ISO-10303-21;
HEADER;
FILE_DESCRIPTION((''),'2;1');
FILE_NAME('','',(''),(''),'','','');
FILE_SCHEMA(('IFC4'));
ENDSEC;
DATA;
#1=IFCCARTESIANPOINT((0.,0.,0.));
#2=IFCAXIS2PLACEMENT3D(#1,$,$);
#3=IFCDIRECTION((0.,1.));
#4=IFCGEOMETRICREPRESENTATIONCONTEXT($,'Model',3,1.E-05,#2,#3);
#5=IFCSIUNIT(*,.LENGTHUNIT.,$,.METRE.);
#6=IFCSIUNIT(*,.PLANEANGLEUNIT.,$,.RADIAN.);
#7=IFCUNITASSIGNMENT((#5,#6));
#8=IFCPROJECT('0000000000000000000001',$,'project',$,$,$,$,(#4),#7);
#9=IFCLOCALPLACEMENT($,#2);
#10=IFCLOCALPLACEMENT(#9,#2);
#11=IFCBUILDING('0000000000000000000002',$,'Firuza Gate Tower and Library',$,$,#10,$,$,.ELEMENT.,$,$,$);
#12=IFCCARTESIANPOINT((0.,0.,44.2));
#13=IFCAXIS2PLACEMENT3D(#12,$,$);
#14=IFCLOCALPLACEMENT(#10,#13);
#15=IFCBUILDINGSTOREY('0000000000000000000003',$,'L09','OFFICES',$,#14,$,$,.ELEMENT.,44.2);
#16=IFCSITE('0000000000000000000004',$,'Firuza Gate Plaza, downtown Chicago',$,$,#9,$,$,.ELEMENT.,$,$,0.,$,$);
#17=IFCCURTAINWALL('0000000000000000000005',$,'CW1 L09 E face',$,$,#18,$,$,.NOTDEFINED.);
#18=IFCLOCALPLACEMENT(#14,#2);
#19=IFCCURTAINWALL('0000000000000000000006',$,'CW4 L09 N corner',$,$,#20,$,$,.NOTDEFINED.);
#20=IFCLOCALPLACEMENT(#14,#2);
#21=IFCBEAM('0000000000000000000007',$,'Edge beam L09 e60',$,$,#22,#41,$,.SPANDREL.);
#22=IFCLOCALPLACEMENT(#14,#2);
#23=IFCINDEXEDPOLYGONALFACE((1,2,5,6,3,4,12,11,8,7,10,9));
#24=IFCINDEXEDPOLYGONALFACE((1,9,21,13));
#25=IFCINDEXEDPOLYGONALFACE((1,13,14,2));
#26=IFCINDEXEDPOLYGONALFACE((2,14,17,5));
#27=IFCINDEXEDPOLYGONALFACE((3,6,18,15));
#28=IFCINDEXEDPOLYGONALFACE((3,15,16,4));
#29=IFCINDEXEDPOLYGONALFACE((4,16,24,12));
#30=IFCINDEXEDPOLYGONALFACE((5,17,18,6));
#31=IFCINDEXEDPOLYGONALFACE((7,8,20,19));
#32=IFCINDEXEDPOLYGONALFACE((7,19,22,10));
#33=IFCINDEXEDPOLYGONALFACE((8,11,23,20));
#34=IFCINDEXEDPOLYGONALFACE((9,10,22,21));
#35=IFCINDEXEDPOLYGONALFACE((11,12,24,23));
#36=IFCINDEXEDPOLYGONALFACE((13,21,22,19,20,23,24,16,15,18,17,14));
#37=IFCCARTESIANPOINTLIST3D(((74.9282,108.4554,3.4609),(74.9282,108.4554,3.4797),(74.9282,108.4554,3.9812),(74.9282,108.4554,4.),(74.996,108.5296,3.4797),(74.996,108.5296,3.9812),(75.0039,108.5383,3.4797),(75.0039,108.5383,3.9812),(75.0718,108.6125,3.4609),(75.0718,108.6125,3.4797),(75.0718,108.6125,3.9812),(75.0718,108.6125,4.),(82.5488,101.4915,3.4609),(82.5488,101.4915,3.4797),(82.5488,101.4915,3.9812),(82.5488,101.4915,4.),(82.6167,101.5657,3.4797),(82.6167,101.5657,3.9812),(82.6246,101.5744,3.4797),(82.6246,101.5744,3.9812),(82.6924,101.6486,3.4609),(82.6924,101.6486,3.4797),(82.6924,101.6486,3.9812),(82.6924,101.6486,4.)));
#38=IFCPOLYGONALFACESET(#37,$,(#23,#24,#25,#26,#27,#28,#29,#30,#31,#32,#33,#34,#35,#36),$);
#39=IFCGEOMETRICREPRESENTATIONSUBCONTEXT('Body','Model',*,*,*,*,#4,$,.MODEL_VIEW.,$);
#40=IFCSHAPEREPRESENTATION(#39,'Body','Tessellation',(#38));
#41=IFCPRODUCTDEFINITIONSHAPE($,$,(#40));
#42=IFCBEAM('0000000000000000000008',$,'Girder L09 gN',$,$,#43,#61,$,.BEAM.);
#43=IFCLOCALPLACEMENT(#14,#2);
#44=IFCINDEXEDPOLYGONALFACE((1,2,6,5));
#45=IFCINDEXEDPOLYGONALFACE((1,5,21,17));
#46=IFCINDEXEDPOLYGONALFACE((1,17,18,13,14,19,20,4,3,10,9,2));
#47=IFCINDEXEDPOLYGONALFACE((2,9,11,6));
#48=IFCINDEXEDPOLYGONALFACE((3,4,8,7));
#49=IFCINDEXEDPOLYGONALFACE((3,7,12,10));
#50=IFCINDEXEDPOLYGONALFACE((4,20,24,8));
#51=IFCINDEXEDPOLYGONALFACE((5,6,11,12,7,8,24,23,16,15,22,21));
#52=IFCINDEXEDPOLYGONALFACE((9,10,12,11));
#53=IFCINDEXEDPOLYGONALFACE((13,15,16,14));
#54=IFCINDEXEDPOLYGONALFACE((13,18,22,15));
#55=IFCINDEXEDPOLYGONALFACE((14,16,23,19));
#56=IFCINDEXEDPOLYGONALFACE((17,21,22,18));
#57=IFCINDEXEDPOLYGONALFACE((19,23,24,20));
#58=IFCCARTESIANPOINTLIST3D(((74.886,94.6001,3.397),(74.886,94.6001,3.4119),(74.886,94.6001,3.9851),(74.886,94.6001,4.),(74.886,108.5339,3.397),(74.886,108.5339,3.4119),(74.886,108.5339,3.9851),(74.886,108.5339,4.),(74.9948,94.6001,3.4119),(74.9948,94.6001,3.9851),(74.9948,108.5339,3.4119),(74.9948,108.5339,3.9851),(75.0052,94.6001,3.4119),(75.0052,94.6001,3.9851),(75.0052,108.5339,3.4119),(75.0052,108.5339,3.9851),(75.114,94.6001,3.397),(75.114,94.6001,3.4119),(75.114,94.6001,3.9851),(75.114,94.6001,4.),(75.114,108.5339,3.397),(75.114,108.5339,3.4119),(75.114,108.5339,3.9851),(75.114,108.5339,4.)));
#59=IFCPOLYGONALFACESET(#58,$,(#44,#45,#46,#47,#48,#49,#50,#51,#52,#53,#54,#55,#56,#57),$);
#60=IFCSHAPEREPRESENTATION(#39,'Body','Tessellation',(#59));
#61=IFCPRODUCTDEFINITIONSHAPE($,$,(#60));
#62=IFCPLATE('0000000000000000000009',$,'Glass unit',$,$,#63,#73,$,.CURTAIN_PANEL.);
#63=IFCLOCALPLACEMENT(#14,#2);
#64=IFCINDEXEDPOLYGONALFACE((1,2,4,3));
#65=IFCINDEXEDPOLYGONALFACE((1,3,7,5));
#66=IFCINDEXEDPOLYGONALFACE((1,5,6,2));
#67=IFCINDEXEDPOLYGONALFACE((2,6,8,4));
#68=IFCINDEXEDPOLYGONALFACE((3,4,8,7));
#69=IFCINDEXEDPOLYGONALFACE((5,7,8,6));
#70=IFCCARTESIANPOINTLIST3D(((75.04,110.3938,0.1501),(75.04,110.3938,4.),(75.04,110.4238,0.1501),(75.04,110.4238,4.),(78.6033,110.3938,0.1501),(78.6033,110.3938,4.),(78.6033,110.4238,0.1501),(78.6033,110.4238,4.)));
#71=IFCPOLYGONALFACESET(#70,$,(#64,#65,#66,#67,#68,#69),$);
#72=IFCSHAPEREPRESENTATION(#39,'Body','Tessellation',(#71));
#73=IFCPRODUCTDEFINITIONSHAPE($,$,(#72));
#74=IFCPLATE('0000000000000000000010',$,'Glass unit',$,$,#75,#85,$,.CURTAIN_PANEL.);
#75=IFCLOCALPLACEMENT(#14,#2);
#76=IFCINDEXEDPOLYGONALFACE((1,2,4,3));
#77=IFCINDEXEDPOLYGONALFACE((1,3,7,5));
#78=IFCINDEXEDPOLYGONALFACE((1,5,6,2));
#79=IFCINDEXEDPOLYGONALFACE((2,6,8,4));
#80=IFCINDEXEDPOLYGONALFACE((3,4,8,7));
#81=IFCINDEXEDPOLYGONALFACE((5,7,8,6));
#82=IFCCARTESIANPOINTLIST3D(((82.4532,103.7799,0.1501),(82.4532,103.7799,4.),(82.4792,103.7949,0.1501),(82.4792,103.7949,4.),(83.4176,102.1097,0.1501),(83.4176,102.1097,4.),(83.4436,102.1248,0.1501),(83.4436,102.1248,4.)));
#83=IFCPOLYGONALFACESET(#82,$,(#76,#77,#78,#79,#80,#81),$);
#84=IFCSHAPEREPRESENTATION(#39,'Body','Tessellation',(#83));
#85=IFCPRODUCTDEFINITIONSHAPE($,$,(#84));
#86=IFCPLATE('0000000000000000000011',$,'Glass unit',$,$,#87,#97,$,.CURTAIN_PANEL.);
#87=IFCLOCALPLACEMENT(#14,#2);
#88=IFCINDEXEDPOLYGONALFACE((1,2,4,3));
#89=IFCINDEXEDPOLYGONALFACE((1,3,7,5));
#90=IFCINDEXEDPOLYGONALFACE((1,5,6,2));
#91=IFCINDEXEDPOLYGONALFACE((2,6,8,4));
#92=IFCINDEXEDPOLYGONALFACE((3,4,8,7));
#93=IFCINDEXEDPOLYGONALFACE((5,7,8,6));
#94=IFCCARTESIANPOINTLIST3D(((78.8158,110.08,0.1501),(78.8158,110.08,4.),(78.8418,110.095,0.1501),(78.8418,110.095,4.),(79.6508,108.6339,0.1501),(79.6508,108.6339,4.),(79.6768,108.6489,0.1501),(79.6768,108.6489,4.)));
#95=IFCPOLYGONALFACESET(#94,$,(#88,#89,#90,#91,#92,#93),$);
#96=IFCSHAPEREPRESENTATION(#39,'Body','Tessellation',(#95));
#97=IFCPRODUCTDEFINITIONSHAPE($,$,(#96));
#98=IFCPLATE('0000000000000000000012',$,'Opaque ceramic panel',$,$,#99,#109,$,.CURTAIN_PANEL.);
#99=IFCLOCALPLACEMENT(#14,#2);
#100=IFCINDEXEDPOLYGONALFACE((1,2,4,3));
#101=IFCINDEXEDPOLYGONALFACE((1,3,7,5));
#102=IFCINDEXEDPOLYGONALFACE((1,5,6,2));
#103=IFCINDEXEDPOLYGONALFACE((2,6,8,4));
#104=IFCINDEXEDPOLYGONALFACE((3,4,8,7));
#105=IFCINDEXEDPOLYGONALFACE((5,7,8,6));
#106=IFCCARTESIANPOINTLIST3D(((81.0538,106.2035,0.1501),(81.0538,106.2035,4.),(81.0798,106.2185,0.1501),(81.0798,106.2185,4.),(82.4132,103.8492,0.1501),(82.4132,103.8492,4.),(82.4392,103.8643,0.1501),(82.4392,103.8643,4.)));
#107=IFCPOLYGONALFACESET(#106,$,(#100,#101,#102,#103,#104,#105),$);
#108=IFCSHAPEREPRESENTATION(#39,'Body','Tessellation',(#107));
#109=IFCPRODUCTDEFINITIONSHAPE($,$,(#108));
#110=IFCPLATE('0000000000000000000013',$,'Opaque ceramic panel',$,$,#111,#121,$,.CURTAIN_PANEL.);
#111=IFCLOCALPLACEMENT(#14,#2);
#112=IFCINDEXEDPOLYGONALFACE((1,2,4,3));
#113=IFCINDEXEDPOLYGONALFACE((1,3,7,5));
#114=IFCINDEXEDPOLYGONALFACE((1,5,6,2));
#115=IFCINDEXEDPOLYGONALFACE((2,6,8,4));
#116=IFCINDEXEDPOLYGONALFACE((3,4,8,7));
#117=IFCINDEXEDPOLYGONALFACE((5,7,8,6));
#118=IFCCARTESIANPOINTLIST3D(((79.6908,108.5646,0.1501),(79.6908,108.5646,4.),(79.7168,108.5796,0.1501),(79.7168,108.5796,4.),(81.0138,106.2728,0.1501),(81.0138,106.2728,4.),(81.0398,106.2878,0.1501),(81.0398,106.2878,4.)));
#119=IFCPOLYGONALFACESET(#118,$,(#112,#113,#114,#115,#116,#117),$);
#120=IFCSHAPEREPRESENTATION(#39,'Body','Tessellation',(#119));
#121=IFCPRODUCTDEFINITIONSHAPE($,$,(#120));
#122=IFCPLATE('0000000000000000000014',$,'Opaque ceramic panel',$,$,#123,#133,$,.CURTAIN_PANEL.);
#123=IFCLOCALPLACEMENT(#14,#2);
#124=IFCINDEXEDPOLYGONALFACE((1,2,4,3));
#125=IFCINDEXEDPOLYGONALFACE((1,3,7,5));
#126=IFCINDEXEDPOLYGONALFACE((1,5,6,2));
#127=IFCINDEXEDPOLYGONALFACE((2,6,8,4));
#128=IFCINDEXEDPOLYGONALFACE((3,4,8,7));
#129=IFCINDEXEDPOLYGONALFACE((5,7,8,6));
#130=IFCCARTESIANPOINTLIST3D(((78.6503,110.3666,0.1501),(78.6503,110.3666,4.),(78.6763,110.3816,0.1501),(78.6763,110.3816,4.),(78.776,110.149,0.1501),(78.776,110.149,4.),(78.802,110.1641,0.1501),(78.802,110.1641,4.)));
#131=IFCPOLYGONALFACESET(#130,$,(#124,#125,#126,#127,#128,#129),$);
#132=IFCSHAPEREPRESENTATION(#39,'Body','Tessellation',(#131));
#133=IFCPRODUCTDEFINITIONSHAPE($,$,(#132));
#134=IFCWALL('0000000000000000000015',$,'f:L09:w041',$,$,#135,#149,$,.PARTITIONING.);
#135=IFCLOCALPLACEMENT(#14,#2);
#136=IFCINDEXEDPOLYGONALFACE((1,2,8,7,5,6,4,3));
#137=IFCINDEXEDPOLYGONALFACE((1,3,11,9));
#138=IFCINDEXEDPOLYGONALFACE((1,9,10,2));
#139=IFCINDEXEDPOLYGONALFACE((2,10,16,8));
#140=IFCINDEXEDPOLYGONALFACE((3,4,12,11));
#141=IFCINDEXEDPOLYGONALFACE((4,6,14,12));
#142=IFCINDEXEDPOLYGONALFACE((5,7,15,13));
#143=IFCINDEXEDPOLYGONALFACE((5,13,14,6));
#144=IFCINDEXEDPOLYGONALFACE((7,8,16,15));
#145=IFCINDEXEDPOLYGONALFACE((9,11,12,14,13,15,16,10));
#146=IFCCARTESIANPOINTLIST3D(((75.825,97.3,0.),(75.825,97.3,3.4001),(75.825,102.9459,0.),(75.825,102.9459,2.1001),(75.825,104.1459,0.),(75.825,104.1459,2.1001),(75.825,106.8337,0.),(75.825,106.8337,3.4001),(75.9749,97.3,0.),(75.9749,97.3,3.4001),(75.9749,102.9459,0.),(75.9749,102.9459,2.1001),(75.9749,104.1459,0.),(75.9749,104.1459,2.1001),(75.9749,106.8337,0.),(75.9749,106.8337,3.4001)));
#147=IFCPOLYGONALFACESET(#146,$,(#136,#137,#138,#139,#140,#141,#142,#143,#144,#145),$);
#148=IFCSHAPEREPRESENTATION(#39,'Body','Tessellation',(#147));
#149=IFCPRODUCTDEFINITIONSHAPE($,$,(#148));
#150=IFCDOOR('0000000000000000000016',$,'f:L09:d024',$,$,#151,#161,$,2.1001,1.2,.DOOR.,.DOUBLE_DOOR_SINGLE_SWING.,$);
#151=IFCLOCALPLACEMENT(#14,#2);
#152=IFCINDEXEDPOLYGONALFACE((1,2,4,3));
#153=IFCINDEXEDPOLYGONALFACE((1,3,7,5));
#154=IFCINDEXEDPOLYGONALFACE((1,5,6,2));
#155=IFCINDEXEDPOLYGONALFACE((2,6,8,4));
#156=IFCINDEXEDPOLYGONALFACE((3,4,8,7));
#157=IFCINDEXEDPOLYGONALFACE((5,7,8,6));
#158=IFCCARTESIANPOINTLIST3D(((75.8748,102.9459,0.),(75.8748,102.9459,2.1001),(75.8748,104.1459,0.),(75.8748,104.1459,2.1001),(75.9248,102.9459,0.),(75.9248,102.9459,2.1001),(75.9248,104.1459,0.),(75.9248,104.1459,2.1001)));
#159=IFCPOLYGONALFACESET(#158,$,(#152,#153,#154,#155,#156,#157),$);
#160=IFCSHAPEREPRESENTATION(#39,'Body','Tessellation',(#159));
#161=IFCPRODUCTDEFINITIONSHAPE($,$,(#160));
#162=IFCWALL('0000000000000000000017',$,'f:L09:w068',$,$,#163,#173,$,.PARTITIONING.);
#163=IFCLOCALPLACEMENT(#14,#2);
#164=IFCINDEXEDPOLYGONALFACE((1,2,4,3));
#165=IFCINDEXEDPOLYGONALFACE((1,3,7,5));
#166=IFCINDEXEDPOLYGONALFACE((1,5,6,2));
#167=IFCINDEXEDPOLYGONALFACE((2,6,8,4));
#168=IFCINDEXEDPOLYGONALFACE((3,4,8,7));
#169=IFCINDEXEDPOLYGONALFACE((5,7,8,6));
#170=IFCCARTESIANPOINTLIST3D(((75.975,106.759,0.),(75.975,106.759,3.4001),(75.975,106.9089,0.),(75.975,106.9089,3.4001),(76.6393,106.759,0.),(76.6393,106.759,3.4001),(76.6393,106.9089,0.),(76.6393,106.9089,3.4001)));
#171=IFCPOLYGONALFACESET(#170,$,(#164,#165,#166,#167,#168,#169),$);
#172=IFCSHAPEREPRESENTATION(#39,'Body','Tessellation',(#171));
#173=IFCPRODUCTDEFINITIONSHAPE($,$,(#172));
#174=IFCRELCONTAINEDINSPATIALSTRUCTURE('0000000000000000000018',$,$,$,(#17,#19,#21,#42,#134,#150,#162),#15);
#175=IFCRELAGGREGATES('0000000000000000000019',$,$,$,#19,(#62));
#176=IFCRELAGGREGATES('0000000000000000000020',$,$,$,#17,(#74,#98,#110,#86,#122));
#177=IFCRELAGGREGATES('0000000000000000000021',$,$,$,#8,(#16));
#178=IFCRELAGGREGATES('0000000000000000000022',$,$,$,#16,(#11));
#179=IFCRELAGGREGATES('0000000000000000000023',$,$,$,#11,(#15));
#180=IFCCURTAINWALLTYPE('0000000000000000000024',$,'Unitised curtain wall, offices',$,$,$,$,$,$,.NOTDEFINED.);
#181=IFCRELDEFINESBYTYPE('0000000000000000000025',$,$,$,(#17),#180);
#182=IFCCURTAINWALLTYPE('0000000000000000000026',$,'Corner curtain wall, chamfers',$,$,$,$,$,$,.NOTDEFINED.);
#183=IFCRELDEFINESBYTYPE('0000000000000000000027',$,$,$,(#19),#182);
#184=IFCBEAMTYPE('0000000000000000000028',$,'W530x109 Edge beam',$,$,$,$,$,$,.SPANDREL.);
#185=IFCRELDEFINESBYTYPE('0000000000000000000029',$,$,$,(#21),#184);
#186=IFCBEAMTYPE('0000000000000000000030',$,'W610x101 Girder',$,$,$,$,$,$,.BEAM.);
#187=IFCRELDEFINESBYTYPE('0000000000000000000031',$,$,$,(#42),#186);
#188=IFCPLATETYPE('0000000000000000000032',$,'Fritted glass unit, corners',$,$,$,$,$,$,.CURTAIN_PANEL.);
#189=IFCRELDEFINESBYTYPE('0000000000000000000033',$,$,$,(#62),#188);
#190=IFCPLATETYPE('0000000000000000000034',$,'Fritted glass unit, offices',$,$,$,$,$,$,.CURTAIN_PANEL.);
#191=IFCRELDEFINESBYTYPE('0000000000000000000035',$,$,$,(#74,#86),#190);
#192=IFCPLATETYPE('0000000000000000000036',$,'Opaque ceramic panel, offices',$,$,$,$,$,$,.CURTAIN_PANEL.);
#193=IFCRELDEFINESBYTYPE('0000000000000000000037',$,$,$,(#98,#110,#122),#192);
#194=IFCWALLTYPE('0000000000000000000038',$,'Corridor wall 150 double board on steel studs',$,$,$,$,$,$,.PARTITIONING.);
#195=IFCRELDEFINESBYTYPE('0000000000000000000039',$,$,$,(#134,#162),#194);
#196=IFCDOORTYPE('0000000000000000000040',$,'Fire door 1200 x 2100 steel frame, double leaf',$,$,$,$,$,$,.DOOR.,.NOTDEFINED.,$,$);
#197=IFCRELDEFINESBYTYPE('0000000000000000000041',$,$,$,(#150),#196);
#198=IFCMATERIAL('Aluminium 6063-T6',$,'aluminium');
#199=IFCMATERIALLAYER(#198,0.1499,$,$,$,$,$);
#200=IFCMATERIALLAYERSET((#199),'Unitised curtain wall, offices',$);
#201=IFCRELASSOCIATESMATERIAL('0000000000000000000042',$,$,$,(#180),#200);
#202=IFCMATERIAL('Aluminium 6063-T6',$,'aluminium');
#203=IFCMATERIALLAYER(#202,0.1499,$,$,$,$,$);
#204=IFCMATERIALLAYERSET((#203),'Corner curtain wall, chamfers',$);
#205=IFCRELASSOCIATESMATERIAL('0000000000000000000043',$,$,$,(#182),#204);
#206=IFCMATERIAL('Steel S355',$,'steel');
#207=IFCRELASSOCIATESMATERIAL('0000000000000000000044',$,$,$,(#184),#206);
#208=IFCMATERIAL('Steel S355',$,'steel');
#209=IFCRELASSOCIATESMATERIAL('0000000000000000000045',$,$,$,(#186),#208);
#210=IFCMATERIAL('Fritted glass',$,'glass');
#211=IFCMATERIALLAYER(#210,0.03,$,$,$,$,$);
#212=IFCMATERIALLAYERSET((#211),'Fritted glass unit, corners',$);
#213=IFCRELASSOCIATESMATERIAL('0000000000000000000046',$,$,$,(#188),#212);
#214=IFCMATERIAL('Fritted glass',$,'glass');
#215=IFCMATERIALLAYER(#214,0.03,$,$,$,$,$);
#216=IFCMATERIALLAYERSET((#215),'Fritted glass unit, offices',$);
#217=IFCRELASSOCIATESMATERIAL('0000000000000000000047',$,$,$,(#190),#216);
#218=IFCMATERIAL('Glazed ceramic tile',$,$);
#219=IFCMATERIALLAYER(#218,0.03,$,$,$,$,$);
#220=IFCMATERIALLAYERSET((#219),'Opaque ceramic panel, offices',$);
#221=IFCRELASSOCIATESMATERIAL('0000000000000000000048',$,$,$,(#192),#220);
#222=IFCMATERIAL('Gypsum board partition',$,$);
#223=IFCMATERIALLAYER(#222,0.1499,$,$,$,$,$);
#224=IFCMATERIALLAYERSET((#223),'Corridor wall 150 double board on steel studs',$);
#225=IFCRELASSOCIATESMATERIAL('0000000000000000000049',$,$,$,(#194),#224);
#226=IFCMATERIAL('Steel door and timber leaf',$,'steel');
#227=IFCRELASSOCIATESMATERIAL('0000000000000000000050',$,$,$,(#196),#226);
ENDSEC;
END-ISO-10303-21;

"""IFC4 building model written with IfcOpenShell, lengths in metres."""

from ifc_helpers import new_model, si_unit, direction, frame, frame_2d, origin, origin_2d, place, context, subcontext, project, spatial, polyline, rectangle, i_section, outline, extrude, material, layer, layer_set, material_profile, profile_set, type_object, element, fill, aggregate, save


model = new_model("IFC4")

# Units and contexts
model_context = context("Model", 3, precision=1e-05, world=origin(), true_north=direction((0.0, 1.0)))
body_context = subcontext(model_context, "Body", "Model", "MODEL_VIEW")
ifc_project = project(units=[si_unit("LENGTHUNIT", "METRE"), si_unit("PLANEANGLEUNIT", "RADIAN")], contexts=[model_context])

# Site, building, storey
site_placement = place(None, origin())
site = spatial("IfcSite", under=ifc_project, at=site_placement, Name="Firuza Gate Plaza, downtown Chicago", CompositionType="ELEMENT", RefElevation=0.0)
building_placement = place(site_placement, origin())
building = spatial("IfcBuilding", under=site, at=building_placement, Name="Firuza Gate Tower and Library", CompositionType="ELEMENT")
storey_placement = place(building_placement, frame((0.0, 0.0, 44.2)))
storey = spatial("IfcBuildingStorey", under=building, at=storey_placement, Name="L09", Description="OFFICES", CompositionType="ELEMENT", Elevation=44.2)

# Curtain walls
ifc_material_1 = material(Name="Aluminium 6063-T6", Category="aluminium")
ifc_layer_1 = layer(ifc_material_1, 0.1499)
ifc_layer_set_1 = layer_set([ifc_layer_1], Name="Unitised curtain wall, offices")
curtain_wall_type_1 = type_object("IfcCurtainWallType", Name="Unitised curtain wall, offices", PredefinedType="NOTDEFINED", material=ifc_layer_set_1)
placement = place(storey_placement, origin())
curtain_wall_1 = element("IfcCurtainWall", 1, at=placement, inside=storey, type_object=curtain_wall_type_1, Name="CW1 L09 E face", PredefinedType="NOTDEFINED")
ifc_material_2 = material(Name="Aluminium 6063-T6", Category="aluminium")
ifc_layer_2 = layer(ifc_material_2, 0.1499)
ifc_layer_set_2 = layer_set([ifc_layer_2], Name="Corner curtain wall, chamfers")
curtain_wall_type_2 = type_object("IfcCurtainWallType", Name="Corner curtain wall, chamfers", PredefinedType="NOTDEFINED", material=ifc_layer_set_2)
curtain_wall_2 = element("IfcCurtainWall", 2, at=placement, inside=storey, type_object=curtain_wall_type_2, Name="CW4 L09 N corner", PredefinedType="NOTDEFINED")

# Beams
ifc_material_3 = material(Name="Steel S355", Category="steel")
ifc_material_profile_1 = material_profile(ifc_material_3, i_section(OverallWidth=0.2129, OverallDepth=0.5391, WebThickness=0.0117, FlangeThickness=0.0188, at=origin_2d()))
ifc_profile_set_1 = profile_set([ifc_material_profile_1], Name="Steel S355")
beam_type_1 = type_object("IfcBeamType", Name="W530x109 Edge beam", PredefinedType="SPANDREL", material=ifc_profile_set_1)
beam_1_placement = place(storey_placement, frame((82.6206, 101.5701, 3.7305), z_axis=(-0.7382, 0.674582, 0.0), x_axis=(-0.674582, -0.7382, 0.0)))
element("IfcBeam", 3, at=beam_1_placement, inside=storey, type_object=beam_type_1, Name="Edge beam L09 e60", PredefinedType="SPANDREL", context=body_context, shape_type="SweptSolid", body=[
    extrude(i_section(OverallWidth=0.2129, OverallDepth=0.5391, WebThickness=0.0117, FlangeThickness=0.0188, at=origin_2d()), origin(), (0.0, 0.0, 1.0), 10.3232),
])
ifc_material_4 = material(Name="Steel S355", Category="steel")
ifc_material_profile_2 = material_profile(ifc_material_4, i_section(OverallWidth=0.228, OverallDepth=0.603, WebThickness=0.0105, FlangeThickness=0.0149, at=origin_2d()))
ifc_profile_set_2 = profile_set([ifc_material_profile_2], Name="Steel S355")
beam_type_2 = type_object("IfcBeamType", Name="W610x101 Girder", PredefinedType="BEAM", material=ifc_profile_set_2)
beam_2_placement = place(storey_placement, frame((75.0, 108.5339, 3.6985), z_axis=(0.0, -1.0, 0.0), x_axis=(1.0, 0.0, 0.0)))
element("IfcBeam", 4, at=beam_2_placement, inside=storey, type_object=beam_type_2, Name="Girder L09 gN", PredefinedType="BEAM", context=body_context, shape_type="SweptSolid", body=[
    extrude(i_section(OverallWidth=0.228, OverallDepth=0.603, WebThickness=0.0105, FlangeThickness=0.0149, at=origin_2d()), origin(), (0.0, 0.0, 1.0), 13.9338),
])

# Plates
ifc_material_5 = material(Name="Fritted glass", Category="glass")
ifc_layer_3 = layer(ifc_material_5, 0.03)
ifc_layer_set_3 = layer_set([ifc_layer_3], Name="Fritted glass unit, corners")
plate_type_1 = type_object("IfcPlateType", Name="Fritted glass unit, corners", PredefinedType="CURTAIN_PANEL", material=ifc_layer_set_3)
plate_1_placement = place(storey_placement, frame((78.6033, 110.4238, 0.1501), z_axis=(0.0, 1.0, 0.0), x_axis=(-1.0, 0.0, 0.0)))
plate_1 = element("IfcPlate", 5, at=plate_1_placement, type_object=plate_type_1, Name="Glass unit", PredefinedType="CURTAIN_PANEL", context=body_context, shape_type="SweptSolid", body=[
    extrude(outline(polyline([(0.0, 0.0), (3.5632, 0.0), (3.5632, 3.8499), (0.0, 3.8499), (0.0, 0.0)])), origin(), (0.0, 0.0, -1.0), 0.03),
])
aggregate(curtain_wall_2, [plate_1])
ifc_material_6 = material(Name="Fritted glass", Category="glass")
ifc_layer_4 = layer(ifc_material_6, 0.03)
ifc_layer_set_4 = layer_set([ifc_layer_4], Name="Fritted glass unit, offices")
plate_type_2 = type_object("IfcPlateType", Name="Fritted glass unit, offices", PredefinedType="CURTAIN_PANEL", material=ifc_layer_set_4)
plate_2_placement = place(storey_placement, frame((83.4436, 102.1248, 0.1501), z_axis=(0.866006, 0.500033, 0.0), x_axis=(-0.500033, 0.866006, 0.0)))
plate_2 = element("IfcPlate", 6, at=plate_2_placement, type_object=plate_type_2, Name="Glass unit", PredefinedType="CURTAIN_PANEL", context=body_context, shape_type="SweptSolid", body=[
    extrude(outline(polyline([(0.0, 0.0), (1.9286, 0.0), (1.9286, 3.8499), (0.0, 3.8499), (0.0, 0.0)])), origin(), (0.0, 0.0, -1.0), 0.03),
])
plate_3_placement = place(storey_placement, frame((79.6768, 108.6489, 0.1501), z_axis=(0.866003, 0.500039, 0.0), x_axis=(-0.500039, 0.866003, 0.0)))
plate_3 = element("IfcPlate", 7, at=plate_3_placement, type_object=plate_type_2, Name="Glass unit", PredefinedType="CURTAIN_PANEL", context=body_context, shape_type="SweptSolid", body=[
    extrude(outline(polyline([(0.0, 0.0), (1.6698, 0.0), (1.6698, 3.8499), (0.0, 3.8499), (0.0, 0.0)])), origin(), (0.0, 0.0, -1.0), 0.03),
])
ifc_material_7 = material(Name="Glazed ceramic tile")
ifc_layer_5 = layer(ifc_material_7, 0.03)
ifc_layer_set_5 = layer_set([ifc_layer_5], Name="Opaque ceramic panel, offices")
plate_type_3 = type_object("IfcPlateType", Name="Opaque ceramic panel, offices", PredefinedType="CURTAIN_PANEL", material=ifc_layer_set_5)
plate_4_placement = place(storey_placement, frame((82.4392, 103.8643, 0.1501), z_axis=(0.866002, 0.500041, 0.0), x_axis=(-0.500041, 0.866002, 0.0)))
plate_4 = element("IfcPlate", 8, at=plate_4_placement, type_object=plate_type_3, Name="Opaque ceramic panel", PredefinedType="CURTAIN_PANEL", context=body_context, shape_type="SweptSolid", body=[
    extrude(outline(polyline([(0.0, 0.0), (2.7185, 0.0), (2.7185, 3.8499), (0.0, 3.8499), (0.0, 0.0)])), origin(), (0.0, 0.0, -1.0), 0.03),
])
plate_5_placement = place(storey_placement, frame((81.0398, 106.2878, 0.1501), z_axis=(0.866049, 0.499959, 0.0), x_axis=(-0.499959, 0.866049, 0.0)))
plate_5 = element("IfcPlate", 9, at=plate_5_placement, type_object=plate_type_3, Name="Opaque ceramic panel", PredefinedType="CURTAIN_PANEL", context=body_context, shape_type="SweptSolid", body=[
    extrude(outline(polyline([(0.0, 0.0), (2.6462, 0.0), (2.6462, 3.8499), (0.0, 3.8499), (0.0, 0.0)])), origin(), (0.0, 0.0, -1.0), 0.03),
])
plate_6_placement = place(storey_placement, frame((78.802, 110.1641, 0.1501), z_axis=(0.865781, 0.500423, 0.0), x_axis=(-0.500423, 0.865781, 0.0)))
plate_6 = element("IfcPlate", 10, at=plate_6_placement, type_object=plate_type_3, Name="Opaque ceramic panel", PredefinedType="CURTAIN_PANEL", context=body_context, shape_type="SweptSolid", body=[
    extrude(outline(polyline([(0.0, 0.0), (0.2513, 0.0), (0.2513, 3.8499), (0.0, 3.8499), (0.0, 0.0)])), origin(), (0.0, 0.0, -1.0), 0.03),
])
aggregate(curtain_wall_1, [plate_2, plate_4, plate_5, plate_3, plate_6])

# Wall, opening, door
ifc_material_8 = material(Name="Gypsum board partition")
ifc_layer_6 = layer(ifc_material_8, 0.1499)
ifc_layer_set_6 = layer_set([ifc_layer_6], Name="Corridor wall 150 double board on steel studs")
wall_type_1 = type_object("IfcWallType", Name="Corridor wall 150 double board on steel studs", PredefinedType="PARTITIONING", material=ifc_layer_set_6)
wall_1_placement = place(storey_placement, frame((75.8999, 106.8337, 0.0), z_axis=(0.0, 0.0, 1.0), x_axis=(0.0, -1.0, 0.0)))
wall_1 = element("IfcWall", 11, at=wall_1_placement, inside=storey, type_object=wall_type_1, Name="f:L09:w041", PredefinedType="PARTITIONING", context=body_context, shape_type="SweptSolid", body=[
    extrude(rectangle(XDim=9.5337, YDim=0.1499, at=frame_2d((4.7668, 0.0))), origin(), (0.0, 0.0, 1.0), 3.4001),
])
opening_1_placement = place(wall_1_placement, frame((2.6877, 0.0, 0.0)))
opening_1 = element("IfcOpeningElement", 12, at=opening_1_placement, cuts=wall_1, PredefinedType="OPENING", context=body_context, shape_type="SweptSolid", body=[
    extrude(rectangle(XDim=1.2, YDim=2.1001, at=frame_2d((0.6001, 1.05))), frame((0.0, 0.085, 0.0), z_axis=(0.0, -1.0, 0.0), x_axis=(1.0, 0.0, 0.0)), (0.0, 0.0, 1.0), 0.1699),
])
ifc_material_9 = material(Name="Steel door and timber leaf", Category="steel")
door_type_1 = type_object("IfcDoorType", Name="Fire door 1200 x 2100 steel frame, double leaf", OperationType="NOTDEFINED", PredefinedType="DOOR", material=ifc_material_9)
door_1_placement = place(opening_1_placement, origin())
door_1 = element("IfcDoor", 13, at=door_1_placement, inside=storey, type_object=door_type_1, Name="f:L09:d024", OperationType="DOUBLE_DOOR_SINGLE_SWING", OverallHeight=2.1001, OverallWidth=1.2, PredefinedType="DOOR", context=body_context, shape_type="SweptSolid", body=[
    extrude(rectangle(XDim=1.2, YDim=2.1001, at=frame_2d((0.6001, 1.05))), frame((0.0, 0.0249, 0.0), z_axis=(0.0, -1.0, 0.0), x_axis=(1.0, 0.0, 0.0)), (0.0, 0.0, 1.0), 0.05),
])
fill(opening_1, door_1)

# Wall
wall_2_placement = place(storey_placement, frame((75.9751, 106.834, 0.0), z_axis=(0.0, 0.0, 1.0), x_axis=(1.0, 0.0, 0.0)))
element("IfcWall", 14, at=wall_2_placement, inside=storey, type_object=wall_type_1, Name="f:L09:w068", PredefinedType="PARTITIONING", context=body_context, shape_type="SweptSolid", body=[
    extrude(rectangle(XDim=0.6643, YDim=0.1499, at=frame_2d((0.332, 0.0))), origin(), (0.0, 0.0, 1.0), 3.4001),
])

save(model, "model.ifc")
